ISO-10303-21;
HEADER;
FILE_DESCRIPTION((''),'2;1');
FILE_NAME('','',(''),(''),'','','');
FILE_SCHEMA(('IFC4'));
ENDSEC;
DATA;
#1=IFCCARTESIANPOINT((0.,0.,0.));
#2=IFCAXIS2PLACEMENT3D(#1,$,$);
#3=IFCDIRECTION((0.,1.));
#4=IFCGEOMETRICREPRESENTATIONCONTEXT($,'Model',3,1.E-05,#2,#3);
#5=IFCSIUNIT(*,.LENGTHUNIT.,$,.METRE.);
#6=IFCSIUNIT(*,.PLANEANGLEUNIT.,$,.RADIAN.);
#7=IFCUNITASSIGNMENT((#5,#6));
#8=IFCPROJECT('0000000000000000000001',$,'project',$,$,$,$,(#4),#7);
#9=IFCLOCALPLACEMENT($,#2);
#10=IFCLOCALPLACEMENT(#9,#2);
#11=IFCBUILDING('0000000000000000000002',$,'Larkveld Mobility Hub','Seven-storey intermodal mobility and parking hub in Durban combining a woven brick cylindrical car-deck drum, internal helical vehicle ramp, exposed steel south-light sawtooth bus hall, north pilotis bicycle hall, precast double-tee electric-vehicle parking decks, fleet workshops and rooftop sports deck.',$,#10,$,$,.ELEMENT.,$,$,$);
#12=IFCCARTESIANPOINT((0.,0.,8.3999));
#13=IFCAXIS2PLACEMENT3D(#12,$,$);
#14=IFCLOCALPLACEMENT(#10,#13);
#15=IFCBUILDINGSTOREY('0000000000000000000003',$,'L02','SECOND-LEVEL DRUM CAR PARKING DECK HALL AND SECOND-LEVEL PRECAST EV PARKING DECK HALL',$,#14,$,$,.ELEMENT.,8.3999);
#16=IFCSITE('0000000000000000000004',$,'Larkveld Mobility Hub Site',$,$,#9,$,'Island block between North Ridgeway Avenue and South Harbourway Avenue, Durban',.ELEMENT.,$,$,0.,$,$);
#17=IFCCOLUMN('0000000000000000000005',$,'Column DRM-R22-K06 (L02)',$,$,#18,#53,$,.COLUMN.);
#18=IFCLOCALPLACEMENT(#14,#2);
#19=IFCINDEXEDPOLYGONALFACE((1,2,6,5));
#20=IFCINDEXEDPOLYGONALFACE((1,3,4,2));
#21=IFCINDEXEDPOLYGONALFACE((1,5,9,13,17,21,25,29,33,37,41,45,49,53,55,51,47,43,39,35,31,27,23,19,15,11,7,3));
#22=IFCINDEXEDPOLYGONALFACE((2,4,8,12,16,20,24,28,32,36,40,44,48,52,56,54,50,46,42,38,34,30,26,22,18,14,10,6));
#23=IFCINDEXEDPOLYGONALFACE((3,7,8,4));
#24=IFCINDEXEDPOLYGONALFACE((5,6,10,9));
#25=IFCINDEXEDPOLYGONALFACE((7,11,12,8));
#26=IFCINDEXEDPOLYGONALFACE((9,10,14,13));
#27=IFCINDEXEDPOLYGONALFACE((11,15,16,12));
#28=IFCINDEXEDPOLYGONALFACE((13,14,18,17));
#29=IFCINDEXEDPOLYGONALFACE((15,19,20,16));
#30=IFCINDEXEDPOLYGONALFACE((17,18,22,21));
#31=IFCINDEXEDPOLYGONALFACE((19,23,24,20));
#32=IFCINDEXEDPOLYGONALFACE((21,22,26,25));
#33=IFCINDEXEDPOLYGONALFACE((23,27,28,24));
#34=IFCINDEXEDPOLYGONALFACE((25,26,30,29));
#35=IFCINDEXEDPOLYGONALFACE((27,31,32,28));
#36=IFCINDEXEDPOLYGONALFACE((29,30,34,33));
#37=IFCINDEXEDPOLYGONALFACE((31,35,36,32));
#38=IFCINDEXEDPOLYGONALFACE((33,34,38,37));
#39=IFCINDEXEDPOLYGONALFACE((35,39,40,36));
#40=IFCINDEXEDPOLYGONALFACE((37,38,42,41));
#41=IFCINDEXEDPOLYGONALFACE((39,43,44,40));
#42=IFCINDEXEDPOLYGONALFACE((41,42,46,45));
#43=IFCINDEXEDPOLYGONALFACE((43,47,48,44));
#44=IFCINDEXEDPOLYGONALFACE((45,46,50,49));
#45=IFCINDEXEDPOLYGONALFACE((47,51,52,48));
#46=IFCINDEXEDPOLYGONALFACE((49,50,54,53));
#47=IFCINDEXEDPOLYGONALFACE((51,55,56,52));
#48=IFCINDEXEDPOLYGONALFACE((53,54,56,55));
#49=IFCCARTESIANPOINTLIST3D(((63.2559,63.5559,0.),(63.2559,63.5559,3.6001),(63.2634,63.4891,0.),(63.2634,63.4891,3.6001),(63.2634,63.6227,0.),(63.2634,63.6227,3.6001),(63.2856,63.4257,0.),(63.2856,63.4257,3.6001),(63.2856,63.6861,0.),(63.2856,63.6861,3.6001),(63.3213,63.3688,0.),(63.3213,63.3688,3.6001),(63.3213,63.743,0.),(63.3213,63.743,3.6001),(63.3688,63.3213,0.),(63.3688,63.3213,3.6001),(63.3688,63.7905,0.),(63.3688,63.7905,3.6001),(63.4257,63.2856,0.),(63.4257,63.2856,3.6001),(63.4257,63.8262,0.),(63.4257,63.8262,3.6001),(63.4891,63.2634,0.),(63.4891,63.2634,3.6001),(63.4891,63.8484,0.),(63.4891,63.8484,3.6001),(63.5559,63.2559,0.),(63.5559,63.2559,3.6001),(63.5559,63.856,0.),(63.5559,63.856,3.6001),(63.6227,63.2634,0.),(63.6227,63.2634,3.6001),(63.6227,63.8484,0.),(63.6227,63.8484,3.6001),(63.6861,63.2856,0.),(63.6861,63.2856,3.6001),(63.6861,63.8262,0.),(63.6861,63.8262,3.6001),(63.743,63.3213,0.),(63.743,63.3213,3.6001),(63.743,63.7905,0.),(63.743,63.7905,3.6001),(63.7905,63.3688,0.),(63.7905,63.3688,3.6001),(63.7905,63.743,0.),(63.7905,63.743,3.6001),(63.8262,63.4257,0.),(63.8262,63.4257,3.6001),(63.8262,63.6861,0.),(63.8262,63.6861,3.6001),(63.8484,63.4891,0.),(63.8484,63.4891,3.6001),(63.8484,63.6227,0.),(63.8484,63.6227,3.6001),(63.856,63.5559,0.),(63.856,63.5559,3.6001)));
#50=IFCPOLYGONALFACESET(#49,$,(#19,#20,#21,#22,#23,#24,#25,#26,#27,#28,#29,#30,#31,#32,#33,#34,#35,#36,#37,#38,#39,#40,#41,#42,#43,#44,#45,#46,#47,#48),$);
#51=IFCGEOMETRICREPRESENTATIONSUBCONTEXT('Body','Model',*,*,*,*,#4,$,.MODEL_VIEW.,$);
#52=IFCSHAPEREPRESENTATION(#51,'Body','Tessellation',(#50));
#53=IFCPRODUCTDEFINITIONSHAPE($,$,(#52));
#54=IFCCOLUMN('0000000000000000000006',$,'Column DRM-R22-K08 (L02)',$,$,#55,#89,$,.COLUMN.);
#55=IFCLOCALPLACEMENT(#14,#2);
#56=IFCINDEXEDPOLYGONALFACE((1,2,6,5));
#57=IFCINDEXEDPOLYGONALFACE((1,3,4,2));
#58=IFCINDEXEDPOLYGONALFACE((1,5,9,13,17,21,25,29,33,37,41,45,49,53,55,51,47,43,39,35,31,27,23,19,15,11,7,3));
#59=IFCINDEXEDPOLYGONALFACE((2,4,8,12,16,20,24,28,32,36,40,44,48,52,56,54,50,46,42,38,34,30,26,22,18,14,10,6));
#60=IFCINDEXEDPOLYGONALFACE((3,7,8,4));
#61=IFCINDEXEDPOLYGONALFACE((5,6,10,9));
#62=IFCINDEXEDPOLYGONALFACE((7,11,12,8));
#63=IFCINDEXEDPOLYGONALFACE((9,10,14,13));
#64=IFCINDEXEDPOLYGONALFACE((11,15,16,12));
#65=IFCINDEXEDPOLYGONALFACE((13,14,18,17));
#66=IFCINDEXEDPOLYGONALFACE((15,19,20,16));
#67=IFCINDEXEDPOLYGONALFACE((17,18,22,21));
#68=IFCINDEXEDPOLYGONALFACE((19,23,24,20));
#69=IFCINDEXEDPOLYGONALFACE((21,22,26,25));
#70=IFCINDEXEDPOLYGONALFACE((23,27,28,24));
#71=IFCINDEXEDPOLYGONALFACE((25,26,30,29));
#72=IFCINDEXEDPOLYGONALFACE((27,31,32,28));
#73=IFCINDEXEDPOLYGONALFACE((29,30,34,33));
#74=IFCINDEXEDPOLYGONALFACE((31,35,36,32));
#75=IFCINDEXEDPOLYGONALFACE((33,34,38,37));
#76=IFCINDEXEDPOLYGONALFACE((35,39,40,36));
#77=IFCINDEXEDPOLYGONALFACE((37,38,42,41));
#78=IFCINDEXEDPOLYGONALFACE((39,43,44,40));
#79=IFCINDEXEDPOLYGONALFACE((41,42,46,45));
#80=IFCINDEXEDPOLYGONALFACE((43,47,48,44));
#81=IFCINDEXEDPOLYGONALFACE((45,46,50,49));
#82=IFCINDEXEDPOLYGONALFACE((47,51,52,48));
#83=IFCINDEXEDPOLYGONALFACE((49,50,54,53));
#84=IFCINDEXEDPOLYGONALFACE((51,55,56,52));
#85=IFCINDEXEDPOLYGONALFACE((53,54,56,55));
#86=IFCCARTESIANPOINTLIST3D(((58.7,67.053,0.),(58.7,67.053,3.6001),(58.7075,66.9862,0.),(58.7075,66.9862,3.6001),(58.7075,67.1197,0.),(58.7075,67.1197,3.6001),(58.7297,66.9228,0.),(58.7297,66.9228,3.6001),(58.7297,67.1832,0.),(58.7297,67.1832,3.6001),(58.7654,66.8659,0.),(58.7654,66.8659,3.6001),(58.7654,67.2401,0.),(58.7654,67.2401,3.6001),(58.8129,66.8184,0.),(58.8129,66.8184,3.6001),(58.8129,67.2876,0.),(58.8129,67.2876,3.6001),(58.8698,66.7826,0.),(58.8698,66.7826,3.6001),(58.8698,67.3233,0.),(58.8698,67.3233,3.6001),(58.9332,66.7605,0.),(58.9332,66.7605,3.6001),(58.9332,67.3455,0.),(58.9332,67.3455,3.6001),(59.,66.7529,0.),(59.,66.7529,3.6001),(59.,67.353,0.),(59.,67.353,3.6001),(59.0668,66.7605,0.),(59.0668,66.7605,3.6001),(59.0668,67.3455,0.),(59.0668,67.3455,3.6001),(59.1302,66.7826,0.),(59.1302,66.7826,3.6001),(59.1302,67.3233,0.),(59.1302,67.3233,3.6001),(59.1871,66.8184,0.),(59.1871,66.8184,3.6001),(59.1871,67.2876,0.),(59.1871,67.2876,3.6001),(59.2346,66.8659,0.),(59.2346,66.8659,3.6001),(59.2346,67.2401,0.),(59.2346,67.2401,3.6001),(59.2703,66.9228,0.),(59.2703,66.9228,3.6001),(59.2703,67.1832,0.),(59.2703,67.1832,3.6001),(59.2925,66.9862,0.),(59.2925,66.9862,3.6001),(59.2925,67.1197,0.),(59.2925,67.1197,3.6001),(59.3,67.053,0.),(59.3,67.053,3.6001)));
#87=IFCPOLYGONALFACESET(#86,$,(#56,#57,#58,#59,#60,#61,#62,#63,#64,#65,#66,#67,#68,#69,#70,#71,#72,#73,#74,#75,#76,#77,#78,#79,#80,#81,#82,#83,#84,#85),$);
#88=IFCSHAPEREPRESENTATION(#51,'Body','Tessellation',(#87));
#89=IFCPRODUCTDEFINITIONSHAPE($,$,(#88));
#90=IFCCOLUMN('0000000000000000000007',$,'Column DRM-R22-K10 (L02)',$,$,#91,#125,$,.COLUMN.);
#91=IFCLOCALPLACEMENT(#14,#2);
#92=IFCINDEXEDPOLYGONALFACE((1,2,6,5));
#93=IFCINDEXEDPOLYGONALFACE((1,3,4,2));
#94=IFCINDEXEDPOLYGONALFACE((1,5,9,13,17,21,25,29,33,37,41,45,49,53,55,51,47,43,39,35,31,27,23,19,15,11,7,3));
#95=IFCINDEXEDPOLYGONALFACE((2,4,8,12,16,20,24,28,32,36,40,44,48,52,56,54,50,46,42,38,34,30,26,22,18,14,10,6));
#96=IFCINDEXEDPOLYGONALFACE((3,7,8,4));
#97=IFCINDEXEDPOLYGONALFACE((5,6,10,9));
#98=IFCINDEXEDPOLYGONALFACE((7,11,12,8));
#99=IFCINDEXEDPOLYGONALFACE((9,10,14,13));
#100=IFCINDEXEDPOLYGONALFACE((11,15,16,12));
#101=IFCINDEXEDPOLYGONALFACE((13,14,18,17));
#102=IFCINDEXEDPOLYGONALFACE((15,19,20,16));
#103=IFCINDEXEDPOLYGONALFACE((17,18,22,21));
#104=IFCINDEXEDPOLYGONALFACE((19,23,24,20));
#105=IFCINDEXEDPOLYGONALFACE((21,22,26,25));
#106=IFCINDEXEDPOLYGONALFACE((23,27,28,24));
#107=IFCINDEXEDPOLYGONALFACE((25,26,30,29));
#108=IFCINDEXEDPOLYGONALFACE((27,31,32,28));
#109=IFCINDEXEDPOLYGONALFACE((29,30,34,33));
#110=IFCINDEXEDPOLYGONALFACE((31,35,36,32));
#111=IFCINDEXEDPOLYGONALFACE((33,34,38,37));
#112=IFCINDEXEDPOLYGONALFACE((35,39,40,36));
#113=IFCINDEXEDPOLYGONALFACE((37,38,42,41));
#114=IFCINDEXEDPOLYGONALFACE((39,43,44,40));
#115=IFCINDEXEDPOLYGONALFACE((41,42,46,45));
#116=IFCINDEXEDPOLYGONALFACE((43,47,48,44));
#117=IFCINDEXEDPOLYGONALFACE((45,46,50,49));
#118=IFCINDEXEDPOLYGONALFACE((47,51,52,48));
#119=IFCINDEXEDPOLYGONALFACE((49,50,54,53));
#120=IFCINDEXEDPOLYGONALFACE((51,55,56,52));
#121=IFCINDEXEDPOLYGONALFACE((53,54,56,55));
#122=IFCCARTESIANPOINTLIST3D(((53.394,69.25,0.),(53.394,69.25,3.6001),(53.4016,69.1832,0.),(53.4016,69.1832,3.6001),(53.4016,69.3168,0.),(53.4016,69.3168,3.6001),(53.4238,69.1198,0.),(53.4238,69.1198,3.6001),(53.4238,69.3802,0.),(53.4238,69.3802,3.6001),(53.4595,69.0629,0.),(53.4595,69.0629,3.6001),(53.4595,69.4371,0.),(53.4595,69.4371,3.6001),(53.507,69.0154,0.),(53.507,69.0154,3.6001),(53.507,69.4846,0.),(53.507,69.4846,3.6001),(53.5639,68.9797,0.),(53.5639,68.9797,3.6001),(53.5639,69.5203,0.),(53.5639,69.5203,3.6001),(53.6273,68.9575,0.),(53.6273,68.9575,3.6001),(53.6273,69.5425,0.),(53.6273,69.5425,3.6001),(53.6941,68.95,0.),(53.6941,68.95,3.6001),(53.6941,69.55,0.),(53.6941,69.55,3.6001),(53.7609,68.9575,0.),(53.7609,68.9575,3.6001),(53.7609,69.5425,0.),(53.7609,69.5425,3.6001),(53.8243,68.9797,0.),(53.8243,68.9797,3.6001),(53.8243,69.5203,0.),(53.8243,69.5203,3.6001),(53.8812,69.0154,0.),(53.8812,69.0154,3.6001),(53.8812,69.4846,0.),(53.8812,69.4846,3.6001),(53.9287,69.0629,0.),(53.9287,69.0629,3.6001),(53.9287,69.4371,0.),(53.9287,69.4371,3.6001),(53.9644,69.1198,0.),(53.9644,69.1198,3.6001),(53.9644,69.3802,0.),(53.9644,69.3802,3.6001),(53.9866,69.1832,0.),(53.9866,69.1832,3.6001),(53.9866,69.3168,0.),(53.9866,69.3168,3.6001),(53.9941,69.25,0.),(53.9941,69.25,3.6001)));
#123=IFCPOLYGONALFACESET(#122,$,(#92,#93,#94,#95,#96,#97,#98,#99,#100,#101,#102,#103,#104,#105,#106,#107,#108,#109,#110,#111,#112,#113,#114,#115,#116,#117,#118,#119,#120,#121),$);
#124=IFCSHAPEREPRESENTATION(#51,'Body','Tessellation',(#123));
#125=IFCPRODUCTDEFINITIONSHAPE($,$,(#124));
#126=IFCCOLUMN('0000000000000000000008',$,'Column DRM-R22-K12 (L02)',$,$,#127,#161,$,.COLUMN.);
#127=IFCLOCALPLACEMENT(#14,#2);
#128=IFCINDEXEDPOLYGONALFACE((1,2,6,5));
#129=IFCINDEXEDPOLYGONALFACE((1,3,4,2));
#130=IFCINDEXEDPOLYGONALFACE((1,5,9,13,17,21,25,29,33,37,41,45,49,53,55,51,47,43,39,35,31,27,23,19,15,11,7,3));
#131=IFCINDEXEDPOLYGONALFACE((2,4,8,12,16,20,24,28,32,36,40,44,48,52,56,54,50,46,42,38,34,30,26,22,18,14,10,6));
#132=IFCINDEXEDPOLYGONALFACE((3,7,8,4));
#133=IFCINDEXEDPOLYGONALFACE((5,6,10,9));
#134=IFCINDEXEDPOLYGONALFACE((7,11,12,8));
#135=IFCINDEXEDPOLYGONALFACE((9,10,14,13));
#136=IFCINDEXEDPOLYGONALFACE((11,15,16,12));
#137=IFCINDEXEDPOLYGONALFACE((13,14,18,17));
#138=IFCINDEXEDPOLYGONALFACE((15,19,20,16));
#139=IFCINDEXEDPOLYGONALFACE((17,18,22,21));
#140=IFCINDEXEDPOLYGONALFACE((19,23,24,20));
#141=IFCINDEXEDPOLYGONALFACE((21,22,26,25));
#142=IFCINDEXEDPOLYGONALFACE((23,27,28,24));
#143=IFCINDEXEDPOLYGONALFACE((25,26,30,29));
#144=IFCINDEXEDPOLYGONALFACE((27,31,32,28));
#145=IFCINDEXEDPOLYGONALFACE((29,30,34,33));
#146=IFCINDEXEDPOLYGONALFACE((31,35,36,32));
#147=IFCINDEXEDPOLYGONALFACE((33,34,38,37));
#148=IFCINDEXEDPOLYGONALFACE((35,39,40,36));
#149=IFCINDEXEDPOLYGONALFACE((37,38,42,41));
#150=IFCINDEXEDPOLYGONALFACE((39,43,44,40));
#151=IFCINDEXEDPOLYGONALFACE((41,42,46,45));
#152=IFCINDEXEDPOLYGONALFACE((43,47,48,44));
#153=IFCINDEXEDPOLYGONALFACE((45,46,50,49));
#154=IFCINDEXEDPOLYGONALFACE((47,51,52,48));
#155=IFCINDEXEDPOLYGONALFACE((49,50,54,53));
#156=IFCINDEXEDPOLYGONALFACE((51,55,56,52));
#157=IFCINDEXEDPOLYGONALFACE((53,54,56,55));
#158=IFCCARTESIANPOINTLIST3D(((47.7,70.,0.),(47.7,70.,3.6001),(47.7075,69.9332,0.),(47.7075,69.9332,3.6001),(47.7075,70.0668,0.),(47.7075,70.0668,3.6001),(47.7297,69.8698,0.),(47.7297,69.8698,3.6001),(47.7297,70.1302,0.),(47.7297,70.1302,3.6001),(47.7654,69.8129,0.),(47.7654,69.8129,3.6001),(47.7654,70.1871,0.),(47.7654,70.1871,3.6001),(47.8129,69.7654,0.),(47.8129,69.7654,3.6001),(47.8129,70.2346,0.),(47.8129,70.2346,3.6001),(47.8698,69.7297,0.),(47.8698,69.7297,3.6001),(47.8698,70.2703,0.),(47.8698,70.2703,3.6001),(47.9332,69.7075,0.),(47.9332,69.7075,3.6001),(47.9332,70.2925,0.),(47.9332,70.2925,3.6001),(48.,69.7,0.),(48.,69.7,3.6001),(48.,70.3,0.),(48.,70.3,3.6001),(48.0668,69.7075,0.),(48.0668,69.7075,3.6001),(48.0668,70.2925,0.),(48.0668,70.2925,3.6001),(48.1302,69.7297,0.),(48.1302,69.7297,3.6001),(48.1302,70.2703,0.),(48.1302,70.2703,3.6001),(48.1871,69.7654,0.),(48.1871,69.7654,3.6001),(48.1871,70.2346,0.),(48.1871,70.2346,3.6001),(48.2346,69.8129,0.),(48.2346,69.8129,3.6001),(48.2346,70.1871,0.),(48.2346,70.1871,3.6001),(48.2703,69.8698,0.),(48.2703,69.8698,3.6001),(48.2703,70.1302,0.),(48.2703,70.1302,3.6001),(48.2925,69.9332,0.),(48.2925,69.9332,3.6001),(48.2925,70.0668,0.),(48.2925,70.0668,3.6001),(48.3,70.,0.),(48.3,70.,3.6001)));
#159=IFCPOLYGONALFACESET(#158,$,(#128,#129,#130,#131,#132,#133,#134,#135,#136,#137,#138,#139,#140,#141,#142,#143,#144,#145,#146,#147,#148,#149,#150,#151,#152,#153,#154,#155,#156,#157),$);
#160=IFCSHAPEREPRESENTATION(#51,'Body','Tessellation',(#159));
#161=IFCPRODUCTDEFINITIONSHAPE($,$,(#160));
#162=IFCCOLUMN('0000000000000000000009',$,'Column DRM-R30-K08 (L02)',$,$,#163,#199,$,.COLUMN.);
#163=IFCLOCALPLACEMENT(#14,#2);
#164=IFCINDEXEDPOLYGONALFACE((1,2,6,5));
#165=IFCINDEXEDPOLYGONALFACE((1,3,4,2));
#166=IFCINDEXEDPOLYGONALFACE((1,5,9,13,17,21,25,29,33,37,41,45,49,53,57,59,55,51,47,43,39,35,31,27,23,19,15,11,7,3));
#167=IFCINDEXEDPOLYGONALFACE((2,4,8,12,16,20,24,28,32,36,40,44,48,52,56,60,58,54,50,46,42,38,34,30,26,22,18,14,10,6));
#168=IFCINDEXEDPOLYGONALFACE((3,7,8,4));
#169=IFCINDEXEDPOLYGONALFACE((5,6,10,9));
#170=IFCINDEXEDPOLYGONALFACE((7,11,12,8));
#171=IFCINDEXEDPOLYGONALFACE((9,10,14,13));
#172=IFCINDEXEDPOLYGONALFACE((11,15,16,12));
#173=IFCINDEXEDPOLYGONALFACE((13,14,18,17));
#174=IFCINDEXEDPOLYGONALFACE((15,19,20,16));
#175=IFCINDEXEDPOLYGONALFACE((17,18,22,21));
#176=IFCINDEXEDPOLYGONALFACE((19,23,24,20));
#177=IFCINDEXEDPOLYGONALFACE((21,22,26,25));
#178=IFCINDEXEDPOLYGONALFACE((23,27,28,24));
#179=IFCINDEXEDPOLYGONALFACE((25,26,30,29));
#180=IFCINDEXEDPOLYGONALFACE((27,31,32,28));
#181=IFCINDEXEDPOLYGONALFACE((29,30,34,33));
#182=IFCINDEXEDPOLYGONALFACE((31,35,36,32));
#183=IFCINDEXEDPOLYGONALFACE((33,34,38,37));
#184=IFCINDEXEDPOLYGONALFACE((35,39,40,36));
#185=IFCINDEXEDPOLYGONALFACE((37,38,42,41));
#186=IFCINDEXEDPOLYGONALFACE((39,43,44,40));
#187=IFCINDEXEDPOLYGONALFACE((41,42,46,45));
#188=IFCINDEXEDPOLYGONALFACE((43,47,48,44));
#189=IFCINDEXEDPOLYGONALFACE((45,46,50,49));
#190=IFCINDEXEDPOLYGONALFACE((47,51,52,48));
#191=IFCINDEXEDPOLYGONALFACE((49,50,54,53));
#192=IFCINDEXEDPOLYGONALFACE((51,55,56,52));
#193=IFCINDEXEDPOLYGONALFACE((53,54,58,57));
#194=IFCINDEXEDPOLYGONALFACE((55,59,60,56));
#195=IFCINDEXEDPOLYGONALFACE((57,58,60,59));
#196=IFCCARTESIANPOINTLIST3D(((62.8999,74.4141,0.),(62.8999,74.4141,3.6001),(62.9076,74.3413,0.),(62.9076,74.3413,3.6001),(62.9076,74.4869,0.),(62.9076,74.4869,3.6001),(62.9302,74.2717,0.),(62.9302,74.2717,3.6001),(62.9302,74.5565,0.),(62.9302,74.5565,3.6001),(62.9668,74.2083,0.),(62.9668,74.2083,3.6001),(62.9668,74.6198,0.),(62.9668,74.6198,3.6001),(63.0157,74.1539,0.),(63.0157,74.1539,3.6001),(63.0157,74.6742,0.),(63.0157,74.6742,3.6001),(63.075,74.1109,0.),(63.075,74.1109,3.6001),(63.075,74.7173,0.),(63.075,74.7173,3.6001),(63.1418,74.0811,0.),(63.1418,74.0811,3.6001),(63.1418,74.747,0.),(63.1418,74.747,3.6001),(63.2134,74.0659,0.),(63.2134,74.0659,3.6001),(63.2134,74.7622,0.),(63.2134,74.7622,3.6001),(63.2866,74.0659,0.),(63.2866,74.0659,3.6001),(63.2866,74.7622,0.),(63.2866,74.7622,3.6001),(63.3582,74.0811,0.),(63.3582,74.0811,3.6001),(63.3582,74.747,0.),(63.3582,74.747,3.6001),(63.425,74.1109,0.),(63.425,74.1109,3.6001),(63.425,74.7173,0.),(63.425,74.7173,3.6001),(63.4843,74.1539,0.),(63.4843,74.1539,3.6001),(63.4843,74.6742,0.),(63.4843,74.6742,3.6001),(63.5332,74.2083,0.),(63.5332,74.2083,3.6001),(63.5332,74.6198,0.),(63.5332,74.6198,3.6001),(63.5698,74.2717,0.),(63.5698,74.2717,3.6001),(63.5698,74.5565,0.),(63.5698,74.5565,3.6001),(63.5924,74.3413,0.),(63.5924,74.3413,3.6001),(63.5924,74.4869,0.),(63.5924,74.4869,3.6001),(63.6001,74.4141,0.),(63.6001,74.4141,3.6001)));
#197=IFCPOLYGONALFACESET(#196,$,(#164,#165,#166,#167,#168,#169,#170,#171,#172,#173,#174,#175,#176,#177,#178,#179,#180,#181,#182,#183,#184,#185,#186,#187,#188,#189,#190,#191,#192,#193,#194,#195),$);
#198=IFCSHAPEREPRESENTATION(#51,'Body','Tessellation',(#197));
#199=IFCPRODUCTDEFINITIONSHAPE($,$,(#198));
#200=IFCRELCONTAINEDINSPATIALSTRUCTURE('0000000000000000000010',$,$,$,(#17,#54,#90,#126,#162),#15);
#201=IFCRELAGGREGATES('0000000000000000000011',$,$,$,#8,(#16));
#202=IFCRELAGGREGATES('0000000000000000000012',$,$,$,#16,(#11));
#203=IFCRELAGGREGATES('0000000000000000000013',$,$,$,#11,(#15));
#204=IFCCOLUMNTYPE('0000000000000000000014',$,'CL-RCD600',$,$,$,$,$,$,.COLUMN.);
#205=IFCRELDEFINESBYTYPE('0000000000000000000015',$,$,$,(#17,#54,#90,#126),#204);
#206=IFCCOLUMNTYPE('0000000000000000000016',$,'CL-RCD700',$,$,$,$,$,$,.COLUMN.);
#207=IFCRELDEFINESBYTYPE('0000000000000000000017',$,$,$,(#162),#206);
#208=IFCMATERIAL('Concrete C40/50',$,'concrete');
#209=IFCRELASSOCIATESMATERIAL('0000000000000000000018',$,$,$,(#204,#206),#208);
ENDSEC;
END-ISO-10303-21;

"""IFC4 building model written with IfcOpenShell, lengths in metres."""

from ifc_helpers import new_model, si_unit, direction, frame, origin, origin_2d, place, context, subcontext, project, spatial, circle, extrude, material, material_profile, profile_set, type_object, element, save


model = new_model("IFC4")

# Units and contexts
model_context = context("Model", 3, precision=1e-05, world=origin(), true_north=direction((0.0, 1.0)))
body_context = subcontext(model_context, "Body", "Model", "MODEL_VIEW")
ifc_project = project(units=[si_unit("LENGTHUNIT", "METRE"), si_unit("PLANEANGLEUNIT", "RADIAN")], contexts=[model_context])

# Site, building, storey
site_placement = place(None, origin())
site = spatial("IfcSite", under=ifc_project, at=site_placement, Name="Larkveld Mobility Hub Site", LongName="Island block between North Ridgeway Avenue and South Harbourway Avenue, Durban", CompositionType="ELEMENT", RefElevation=0.0)
building_placement = place(site_placement, origin())
building = spatial("IfcBuilding", under=site, at=building_placement, Name="Larkveld Mobility Hub", Description="Seven-storey intermodal mobility and parking hub in Durban combining a woven brick cylindrical car-deck drum, internal helical vehicle ramp, exposed steel south-light sawtooth bus hall, north pilotis bicycle hall, precast double-tee electric-vehicle parking decks, fleet workshops and rooftop sports deck.", CompositionType="ELEMENT")
storey_placement = place(building_placement, frame((0.0, 0.0, 8.3999)))
storey = spatial("IfcBuildingStorey", under=building, at=storey_placement, Name="L02", Description="SECOND-LEVEL DRUM CAR PARKING DECK HALL AND SECOND-LEVEL PRECAST EV PARKING DECK HALL", CompositionType="ELEMENT", Elevation=8.3999)

# Columns
ifc_material_1 = material(Name="Concrete C40/50", Category="concrete")
ifc_material_profile_1 = material_profile(ifc_material_1, circle(Radius=0.3, at=origin_2d()), Name="RC COL D600")
ifc_profile_set_1 = profile_set([ifc_material_profile_1], Name="Concrete C40/50")
column_type_1 = type_object("IfcColumnType", Name="CL-RCD600", PredefinedType="COLUMN", material=ifc_profile_set_1)
for number, where, z_axis, x_axis, name in (
    (1, (63.5559, 63.5559, 0.0), (0.0, 0.0, 1.0), (1.0, 0.0, 0.0), "Column DRM-R22-K06 (L02)"),
    (2, (59.0, 67.053, 0.0), (0.0, 0.0, 1.0), (1.0, 0.0, 0.0), "Column DRM-R22-K08 (L02)"),
    (3, (53.6941, 69.25, 0.0), (0.0, 0.0, 1.0), (1.0, 0.0, 0.0), "Column DRM-R22-K10 (L02)"),
    (4, (48.0, 70.0, 0.0), (0.0, 0.0, 1.0), (1.0, 0.0, 0.0), "Column DRM-R22-K12 (L02)"),
):
    element("IfcColumn", number, at=place(storey_placement, frame(where, z_axis=z_axis, x_axis=x_axis)), inside=storey, type_object=column_type_1, Name=name, PredefinedType="COLUMN", context=body_context, shape_type="SweptSolid", body=[
        extrude(circle(Radius=0.3, at=origin_2d()), origin(), (0.0, 0.0, 1.0), 3.6001),
    ])
ifc_material_profile_2 = material_profile(ifc_material_1, circle(Radius=0.3501, at=origin_2d()), Name="RC COL D700")
ifc_profile_set_2 = profile_set([ifc_material_profile_2], Name="Concrete C40/50")
column_type_2 = type_object("IfcColumnType", Name="CL-RCD700", PredefinedType="COLUMN", material=ifc_profile_set_2)
for number, where, z_axis, x_axis, name in (
    (5, (63.25, 74.4141, 0.0), (0.0, 0.0, 1.0), (1.0, 0.0, 0.0), "Column DRM-R30-K08 (L02)"),
):
    element("IfcColumn", number, at=place(storey_placement, frame(where, z_axis=z_axis, x_axis=x_axis)), inside=storey, type_object=column_type_2, Name=name, PredefinedType="COLUMN", context=body_context, shape_type="SweptSolid", body=[
        extrude(circle(Radius=0.3501, at=origin_2d()), origin(), (0.0, 0.0, 1.0), 3.6001),
    ])

save(model, "model.ifc")
